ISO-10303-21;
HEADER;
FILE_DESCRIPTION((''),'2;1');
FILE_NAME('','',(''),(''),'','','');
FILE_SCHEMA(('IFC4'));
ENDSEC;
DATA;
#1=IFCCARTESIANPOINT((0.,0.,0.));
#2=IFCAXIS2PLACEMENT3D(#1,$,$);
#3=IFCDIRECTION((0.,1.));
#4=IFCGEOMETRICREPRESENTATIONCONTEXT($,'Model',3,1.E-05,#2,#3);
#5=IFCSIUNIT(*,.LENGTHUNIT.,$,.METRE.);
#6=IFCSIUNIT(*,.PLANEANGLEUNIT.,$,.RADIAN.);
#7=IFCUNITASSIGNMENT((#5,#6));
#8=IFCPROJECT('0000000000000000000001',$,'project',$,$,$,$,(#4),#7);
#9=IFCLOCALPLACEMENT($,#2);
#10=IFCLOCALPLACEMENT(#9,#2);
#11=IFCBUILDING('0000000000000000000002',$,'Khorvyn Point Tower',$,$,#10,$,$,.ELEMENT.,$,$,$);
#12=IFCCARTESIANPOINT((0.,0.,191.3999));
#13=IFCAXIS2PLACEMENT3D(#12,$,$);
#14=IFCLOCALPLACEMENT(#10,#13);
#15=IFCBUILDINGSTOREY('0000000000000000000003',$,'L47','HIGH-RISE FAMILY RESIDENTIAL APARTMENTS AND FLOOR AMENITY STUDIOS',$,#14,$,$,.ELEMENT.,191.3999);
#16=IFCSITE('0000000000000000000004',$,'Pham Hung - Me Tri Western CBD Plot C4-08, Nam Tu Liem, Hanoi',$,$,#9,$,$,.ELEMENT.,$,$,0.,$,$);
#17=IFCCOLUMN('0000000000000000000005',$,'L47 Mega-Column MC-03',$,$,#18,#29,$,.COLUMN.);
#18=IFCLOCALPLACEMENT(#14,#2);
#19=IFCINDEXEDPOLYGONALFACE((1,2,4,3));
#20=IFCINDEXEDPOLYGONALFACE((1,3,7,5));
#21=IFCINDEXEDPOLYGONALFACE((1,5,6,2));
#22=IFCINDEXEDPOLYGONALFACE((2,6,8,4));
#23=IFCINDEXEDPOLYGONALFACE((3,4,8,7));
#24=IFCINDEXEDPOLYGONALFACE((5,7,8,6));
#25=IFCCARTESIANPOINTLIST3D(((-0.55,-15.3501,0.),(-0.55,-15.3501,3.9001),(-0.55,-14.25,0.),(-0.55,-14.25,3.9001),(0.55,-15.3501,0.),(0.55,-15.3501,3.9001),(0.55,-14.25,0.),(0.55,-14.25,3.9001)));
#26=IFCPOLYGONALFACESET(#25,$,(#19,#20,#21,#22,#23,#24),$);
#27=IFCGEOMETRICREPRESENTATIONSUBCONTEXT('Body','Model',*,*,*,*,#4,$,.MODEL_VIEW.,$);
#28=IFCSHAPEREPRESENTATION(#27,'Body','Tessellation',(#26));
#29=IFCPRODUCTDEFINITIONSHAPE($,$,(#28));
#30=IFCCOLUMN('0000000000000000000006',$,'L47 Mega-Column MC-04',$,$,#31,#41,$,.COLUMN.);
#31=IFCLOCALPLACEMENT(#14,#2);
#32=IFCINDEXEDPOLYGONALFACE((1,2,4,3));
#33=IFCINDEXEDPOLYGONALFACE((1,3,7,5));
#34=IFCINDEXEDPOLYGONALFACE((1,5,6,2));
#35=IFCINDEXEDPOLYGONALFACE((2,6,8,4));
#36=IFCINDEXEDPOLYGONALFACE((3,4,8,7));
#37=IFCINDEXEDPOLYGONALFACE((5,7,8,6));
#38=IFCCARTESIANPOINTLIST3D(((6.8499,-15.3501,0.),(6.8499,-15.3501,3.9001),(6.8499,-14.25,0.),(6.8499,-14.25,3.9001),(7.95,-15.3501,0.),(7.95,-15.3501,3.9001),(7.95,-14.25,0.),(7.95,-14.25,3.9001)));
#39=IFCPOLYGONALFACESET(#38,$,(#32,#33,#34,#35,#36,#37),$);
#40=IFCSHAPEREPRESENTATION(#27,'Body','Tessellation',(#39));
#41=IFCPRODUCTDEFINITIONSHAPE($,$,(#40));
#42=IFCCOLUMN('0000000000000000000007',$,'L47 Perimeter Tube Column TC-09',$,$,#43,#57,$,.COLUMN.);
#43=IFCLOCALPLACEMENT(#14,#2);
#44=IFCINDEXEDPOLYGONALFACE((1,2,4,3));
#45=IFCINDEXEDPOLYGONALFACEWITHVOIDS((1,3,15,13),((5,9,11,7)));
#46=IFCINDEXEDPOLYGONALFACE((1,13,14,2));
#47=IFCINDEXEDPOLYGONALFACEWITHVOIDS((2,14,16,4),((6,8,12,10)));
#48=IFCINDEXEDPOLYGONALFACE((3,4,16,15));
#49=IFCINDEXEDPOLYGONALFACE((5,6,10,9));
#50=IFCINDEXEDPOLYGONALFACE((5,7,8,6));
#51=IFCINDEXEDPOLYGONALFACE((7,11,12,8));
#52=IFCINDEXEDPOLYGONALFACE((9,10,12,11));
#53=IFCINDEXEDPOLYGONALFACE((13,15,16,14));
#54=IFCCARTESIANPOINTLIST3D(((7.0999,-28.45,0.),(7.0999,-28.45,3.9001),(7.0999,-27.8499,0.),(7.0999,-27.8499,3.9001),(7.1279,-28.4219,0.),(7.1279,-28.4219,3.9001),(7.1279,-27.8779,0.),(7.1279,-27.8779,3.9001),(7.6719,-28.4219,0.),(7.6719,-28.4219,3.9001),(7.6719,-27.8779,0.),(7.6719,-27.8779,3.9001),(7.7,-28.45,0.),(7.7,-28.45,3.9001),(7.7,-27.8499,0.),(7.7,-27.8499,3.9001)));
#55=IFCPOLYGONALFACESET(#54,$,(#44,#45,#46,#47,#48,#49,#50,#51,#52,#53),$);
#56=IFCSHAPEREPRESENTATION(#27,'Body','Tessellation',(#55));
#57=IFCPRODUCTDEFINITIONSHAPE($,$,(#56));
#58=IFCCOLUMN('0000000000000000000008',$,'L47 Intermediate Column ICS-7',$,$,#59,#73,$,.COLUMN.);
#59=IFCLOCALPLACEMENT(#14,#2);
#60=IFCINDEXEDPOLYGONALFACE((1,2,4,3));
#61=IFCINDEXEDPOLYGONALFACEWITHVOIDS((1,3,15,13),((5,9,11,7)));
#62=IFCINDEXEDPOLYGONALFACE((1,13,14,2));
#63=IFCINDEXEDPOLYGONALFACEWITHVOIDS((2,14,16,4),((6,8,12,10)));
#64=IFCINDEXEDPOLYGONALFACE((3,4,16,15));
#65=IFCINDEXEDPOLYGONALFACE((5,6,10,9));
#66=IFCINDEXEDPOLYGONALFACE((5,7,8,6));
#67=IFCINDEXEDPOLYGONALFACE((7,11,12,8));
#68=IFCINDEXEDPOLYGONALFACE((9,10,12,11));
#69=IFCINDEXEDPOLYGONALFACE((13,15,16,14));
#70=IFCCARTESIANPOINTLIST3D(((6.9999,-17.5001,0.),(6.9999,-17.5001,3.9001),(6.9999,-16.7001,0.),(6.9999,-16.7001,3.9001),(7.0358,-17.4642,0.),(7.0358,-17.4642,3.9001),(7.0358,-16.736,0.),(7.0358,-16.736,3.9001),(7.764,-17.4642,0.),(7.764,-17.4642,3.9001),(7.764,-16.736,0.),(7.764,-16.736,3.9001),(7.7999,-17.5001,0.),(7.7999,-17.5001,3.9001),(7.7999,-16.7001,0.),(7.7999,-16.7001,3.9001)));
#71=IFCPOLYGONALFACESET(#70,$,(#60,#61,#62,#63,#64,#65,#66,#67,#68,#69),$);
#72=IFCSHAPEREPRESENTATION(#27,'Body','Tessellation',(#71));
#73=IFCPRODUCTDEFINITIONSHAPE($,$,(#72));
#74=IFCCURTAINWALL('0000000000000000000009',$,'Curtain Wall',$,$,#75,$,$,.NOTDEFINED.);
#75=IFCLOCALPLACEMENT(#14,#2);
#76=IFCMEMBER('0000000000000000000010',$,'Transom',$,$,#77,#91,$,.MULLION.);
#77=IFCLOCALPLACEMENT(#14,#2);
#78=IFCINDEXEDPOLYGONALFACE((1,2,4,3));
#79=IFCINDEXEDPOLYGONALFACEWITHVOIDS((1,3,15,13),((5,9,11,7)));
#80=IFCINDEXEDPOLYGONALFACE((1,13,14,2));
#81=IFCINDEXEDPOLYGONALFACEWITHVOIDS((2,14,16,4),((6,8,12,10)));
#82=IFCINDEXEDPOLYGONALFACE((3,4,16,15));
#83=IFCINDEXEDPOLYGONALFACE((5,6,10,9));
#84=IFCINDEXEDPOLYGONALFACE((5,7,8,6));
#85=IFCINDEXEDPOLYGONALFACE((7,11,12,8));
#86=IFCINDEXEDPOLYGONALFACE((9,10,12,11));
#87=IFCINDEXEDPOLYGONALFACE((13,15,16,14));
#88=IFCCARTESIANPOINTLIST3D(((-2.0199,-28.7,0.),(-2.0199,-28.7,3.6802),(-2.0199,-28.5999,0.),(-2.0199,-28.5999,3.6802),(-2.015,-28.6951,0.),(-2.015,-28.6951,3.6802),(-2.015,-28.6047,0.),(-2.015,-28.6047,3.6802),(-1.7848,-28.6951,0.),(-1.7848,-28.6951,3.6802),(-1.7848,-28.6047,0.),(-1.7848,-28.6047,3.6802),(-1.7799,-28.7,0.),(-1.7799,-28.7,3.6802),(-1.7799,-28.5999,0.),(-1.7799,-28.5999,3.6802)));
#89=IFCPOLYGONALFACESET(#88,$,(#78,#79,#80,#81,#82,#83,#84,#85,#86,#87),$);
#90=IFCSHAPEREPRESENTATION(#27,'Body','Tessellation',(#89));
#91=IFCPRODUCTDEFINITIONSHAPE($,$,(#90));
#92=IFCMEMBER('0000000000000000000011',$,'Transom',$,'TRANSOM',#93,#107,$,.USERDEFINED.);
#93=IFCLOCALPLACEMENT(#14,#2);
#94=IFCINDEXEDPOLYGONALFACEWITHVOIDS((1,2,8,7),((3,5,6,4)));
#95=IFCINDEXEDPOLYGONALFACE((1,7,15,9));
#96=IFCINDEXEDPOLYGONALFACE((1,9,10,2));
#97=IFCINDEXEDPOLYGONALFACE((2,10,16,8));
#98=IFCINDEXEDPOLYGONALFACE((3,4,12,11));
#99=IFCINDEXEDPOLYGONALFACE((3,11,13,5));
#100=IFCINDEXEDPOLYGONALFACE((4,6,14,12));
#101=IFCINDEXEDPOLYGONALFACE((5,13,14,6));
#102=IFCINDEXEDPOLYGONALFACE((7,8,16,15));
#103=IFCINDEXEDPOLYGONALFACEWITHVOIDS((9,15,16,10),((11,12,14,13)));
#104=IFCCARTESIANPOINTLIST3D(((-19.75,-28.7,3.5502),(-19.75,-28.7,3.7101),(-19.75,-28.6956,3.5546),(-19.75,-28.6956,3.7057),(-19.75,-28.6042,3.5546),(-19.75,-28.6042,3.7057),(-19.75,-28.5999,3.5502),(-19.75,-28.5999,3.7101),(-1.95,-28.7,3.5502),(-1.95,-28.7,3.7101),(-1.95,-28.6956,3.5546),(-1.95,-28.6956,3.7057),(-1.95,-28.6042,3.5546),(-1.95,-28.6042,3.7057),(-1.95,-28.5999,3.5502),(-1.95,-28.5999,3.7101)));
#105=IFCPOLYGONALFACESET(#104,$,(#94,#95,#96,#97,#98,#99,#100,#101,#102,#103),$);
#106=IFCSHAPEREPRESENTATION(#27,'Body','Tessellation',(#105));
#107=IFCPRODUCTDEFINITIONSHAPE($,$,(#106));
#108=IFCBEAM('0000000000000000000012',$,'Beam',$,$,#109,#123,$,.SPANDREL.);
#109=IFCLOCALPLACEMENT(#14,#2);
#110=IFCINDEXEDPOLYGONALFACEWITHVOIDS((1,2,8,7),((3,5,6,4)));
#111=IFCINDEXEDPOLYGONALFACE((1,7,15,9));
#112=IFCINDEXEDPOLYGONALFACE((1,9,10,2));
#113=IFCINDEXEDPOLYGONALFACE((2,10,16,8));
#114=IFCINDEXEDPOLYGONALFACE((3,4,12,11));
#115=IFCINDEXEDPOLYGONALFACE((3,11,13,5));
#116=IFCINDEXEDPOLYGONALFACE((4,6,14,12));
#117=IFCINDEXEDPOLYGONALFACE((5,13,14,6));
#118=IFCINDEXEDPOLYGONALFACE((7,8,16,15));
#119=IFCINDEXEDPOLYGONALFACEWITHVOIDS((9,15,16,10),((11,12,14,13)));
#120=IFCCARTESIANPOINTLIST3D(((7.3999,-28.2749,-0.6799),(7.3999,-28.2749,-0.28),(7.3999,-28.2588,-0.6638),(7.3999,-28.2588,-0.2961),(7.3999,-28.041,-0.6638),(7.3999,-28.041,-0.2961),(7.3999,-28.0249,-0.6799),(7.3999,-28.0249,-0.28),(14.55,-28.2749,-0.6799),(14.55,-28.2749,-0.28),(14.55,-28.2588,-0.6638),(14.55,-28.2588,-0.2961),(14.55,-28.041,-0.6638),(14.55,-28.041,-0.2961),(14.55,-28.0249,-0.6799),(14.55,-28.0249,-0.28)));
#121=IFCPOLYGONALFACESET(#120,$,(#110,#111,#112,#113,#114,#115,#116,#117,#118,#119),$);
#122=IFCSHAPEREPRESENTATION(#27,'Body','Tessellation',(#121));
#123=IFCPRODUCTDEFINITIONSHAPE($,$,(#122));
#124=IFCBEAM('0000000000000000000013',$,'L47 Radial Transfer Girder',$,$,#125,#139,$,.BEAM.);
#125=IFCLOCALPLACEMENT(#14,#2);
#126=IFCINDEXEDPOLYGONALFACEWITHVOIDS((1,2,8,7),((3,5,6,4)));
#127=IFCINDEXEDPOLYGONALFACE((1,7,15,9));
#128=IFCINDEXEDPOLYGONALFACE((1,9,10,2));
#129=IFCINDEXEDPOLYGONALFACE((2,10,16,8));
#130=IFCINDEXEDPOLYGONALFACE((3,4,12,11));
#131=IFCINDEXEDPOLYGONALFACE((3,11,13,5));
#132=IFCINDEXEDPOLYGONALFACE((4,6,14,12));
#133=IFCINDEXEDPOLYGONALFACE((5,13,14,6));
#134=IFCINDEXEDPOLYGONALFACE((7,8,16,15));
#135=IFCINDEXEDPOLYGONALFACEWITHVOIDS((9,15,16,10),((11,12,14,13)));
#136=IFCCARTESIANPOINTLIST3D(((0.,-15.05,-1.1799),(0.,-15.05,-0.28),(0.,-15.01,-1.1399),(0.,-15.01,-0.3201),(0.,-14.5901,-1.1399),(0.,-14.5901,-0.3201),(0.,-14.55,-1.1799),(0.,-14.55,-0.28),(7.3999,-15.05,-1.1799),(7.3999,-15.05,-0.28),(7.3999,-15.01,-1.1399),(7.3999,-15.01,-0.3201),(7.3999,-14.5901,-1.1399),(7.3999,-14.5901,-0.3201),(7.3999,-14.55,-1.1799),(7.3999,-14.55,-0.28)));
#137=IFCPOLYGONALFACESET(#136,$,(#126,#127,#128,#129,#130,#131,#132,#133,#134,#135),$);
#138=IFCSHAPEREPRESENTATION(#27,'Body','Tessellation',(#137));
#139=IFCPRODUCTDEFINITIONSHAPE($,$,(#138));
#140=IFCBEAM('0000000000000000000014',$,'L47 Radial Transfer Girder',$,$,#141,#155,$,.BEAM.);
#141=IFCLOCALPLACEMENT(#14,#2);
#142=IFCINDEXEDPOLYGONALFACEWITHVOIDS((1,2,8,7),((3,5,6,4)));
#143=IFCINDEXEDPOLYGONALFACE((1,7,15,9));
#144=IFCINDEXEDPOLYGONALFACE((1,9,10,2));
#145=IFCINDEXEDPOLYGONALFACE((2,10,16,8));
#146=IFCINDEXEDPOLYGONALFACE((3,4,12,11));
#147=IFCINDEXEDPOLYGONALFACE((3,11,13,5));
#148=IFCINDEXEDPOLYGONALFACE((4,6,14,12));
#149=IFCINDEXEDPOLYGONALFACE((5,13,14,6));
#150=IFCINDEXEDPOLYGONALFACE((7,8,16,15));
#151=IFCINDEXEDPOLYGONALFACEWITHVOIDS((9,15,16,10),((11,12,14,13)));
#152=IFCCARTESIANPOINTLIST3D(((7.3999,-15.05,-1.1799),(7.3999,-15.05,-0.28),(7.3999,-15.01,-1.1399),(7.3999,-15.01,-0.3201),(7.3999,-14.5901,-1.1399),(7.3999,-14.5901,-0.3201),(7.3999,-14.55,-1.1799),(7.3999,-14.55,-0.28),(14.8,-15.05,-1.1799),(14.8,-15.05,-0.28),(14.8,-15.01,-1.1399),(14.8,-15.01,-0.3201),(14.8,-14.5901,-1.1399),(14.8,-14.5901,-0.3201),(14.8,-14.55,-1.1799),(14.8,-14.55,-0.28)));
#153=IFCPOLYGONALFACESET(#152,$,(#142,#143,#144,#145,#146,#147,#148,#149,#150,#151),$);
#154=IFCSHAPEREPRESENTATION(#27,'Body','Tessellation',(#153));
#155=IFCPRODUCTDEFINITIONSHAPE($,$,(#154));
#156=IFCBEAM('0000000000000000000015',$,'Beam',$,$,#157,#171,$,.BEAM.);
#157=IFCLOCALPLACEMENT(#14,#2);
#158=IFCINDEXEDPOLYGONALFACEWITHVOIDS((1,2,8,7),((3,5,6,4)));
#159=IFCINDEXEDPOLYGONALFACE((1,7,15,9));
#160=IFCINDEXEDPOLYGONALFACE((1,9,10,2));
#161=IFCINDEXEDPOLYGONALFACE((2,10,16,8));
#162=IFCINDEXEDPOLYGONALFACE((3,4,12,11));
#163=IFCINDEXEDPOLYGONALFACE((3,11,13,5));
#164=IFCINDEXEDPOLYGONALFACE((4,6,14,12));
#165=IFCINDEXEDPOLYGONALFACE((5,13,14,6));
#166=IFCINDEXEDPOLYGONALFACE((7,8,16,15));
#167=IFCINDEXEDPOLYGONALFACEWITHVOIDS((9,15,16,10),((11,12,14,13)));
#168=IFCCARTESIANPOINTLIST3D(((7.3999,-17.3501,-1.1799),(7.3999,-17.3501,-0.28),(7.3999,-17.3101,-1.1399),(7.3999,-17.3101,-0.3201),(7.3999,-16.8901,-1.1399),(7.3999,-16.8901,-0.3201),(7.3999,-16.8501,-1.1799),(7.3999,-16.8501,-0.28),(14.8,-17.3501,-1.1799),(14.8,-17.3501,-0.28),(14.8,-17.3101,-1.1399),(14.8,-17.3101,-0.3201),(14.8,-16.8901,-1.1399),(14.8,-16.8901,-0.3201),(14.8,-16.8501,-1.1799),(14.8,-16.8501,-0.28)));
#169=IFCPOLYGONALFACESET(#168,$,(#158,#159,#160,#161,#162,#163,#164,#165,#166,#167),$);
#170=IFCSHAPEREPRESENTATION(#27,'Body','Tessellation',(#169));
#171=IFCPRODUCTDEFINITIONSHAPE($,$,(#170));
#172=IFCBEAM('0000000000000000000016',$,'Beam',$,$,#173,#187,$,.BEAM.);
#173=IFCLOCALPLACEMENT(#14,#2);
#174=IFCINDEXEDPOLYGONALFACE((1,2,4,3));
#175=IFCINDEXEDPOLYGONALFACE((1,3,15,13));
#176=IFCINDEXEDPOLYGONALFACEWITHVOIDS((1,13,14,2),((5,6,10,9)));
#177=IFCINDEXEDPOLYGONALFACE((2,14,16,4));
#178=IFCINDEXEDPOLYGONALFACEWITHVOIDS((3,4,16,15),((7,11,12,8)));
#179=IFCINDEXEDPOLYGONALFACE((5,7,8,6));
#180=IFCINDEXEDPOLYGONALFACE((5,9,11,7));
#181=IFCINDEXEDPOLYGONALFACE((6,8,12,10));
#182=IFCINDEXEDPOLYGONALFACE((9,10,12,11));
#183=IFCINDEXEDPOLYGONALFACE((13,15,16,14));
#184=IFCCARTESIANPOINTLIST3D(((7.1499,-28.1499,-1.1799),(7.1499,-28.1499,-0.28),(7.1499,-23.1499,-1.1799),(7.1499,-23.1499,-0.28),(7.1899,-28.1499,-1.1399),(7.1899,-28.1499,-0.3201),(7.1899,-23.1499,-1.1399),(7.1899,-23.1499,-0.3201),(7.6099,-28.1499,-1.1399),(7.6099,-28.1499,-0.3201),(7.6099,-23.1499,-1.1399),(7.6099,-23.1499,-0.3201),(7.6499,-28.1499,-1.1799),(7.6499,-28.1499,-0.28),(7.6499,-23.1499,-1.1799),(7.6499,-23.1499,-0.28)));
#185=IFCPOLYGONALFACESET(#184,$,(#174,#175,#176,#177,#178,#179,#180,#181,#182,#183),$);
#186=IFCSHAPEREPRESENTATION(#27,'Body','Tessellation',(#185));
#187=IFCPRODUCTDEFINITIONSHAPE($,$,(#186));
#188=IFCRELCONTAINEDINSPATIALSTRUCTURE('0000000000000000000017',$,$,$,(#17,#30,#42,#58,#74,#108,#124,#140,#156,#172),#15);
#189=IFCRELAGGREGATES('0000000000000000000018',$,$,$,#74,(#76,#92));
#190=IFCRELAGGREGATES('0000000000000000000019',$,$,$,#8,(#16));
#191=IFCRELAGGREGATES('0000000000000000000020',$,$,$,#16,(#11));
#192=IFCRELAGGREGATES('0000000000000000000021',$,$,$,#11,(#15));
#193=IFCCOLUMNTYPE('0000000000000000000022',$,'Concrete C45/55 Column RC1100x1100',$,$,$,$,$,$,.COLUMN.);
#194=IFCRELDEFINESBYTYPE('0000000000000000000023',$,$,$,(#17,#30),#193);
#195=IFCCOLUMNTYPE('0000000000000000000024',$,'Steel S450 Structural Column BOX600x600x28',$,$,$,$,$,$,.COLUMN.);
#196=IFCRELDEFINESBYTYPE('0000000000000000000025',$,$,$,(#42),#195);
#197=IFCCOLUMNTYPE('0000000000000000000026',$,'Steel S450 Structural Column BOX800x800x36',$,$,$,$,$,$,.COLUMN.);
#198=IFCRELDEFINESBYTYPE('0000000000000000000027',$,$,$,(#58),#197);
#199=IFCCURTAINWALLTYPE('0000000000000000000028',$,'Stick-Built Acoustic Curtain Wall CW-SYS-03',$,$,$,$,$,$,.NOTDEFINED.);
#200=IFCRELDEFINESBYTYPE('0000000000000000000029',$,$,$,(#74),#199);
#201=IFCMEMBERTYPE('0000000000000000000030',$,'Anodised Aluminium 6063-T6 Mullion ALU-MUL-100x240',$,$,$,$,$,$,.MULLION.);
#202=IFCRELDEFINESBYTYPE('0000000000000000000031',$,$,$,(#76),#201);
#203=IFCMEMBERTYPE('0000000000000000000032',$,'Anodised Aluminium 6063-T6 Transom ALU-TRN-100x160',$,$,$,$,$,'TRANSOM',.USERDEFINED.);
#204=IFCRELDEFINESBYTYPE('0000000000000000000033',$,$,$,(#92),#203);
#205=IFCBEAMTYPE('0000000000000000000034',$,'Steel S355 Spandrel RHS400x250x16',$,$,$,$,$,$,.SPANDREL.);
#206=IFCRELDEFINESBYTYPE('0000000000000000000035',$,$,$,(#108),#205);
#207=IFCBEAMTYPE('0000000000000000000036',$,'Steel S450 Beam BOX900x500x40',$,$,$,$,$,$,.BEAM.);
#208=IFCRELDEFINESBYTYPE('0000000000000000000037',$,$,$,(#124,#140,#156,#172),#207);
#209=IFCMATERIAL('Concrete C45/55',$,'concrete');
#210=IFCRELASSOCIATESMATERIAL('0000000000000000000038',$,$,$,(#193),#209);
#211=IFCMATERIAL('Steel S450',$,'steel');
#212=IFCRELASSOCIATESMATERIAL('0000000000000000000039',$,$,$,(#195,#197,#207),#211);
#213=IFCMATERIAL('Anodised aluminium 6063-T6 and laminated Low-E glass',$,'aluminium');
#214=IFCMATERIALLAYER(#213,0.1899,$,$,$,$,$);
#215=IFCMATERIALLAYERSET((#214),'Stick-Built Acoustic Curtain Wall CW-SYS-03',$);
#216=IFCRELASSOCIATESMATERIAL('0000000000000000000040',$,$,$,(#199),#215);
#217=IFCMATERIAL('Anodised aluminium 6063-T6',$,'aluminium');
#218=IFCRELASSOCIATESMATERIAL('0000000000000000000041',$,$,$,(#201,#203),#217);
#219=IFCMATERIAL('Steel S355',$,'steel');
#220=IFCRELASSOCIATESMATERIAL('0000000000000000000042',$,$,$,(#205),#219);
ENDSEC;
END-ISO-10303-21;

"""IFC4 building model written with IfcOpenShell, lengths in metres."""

from ifc_helpers import new_model, si_unit, direction, frame, origin, origin_2d, place, context, subcontext, project, spatial, rectangle, hollow_rectangle, extrude, material, layer, layer_set, material_profile, profile_set, type_object, element, aggregate, save


model = new_model("IFC4")

# Units and contexts
model_context = context("Model", 3, precision=1e-05, world=origin(), true_north=direction((0.0, 1.0)))
body_context = subcontext(model_context, "Body", "Model", "MODEL_VIEW")
ifc_project = project(units=[si_unit("LENGTHUNIT", "METRE"), si_unit("PLANEANGLEUNIT", "RADIAN")], contexts=[model_context])

# Site, building, storey
site_placement = place(None, origin())
site = spatial("IfcSite", under=ifc_project, at=site_placement, Name="Pham Hung - Me Tri Western CBD Plot C4-08, Nam Tu Liem, Hanoi", CompositionType="ELEMENT", RefElevation=0.0)
building_placement = place(site_placement, origin())
building = spatial("IfcBuilding", under=site, at=building_placement, Name="Khorvyn Point Tower", CompositionType="ELEMENT")
storey_placement = place(building_placement, frame((0.0, 0.0, 191.3999)))
storey = spatial("IfcBuildingStorey", under=building, at=storey_placement, Name="L47", Description="HIGH-RISE FAMILY RESIDENTIAL APARTMENTS AND FLOOR AMENITY STUDIOS", CompositionType="ELEMENT", Elevation=191.3999)

# Columns
ifc_material_1 = material(Name="Concrete C45/55", Category="concrete")
ifc_material_profile_1 = material_profile(ifc_material_1, rectangle(XDim=1.1001, YDim=1.1001, at=origin_2d()))
ifc_profile_set_1 = profile_set([ifc_material_profile_1], Name="Concrete C45/55 RC1100x1100")
column_type_1 = type_object("IfcColumnType", Name="Concrete C45/55 Column RC1100x1100", PredefinedType="COLUMN", material=ifc_profile_set_1)
for number, where, z_axis, x_axis, name in (
    (1, (0.0, -14.8, 0.0), (0.0, 0.0, 1.0), (1.0, 0.0, 0.0), "L47 Mega-Column MC-03"),
    (2, (7.3999, -14.8, 0.0), (0.0, 0.0, 1.0), (1.0, 0.0, 0.0), "L47 Mega-Column MC-04"),
):
    element("IfcColumn", number, at=place(storey_placement, frame(where, z_axis=z_axis, x_axis=x_axis)), inside=storey, type_object=column_type_1, Name=name, PredefinedType="COLUMN", context=body_context, shape_type="SweptSolid", body=[
        extrude(rectangle(XDim=1.1001, YDim=1.1001, at=origin_2d()), origin(), (0.0, 0.0, 1.0), 3.9001),
    ])
ifc_material_2 = material(Name="Steel S450", Category="steel")
ifc_material_profile_2 = material_profile(ifc_material_2, hollow_rectangle(XDim=0.6001, YDim=0.6001, WallThickness=0.0281, at=origin_2d()))
ifc_profile_set_2 = profile_set([ifc_material_profile_2], Name="Steel S450 BOX600x600x28")
column_type_2 = type_object("IfcColumnType", Name="Steel S450 Structural Column BOX600x600x28", PredefinedType="COLUMN", material=ifc_profile_set_2)
column_1_placement = place(storey_placement, frame((7.3999, -28.1499, 0.0), z_axis=(0.0, 0.0, 1.0), x_axis=(1.0, 0.0, 0.0)))
element("IfcColumn", 3, at=column_1_placement, inside=storey, type_object=column_type_2, Name="L47 Perimeter Tube Column TC-09", PredefinedType="COLUMN", context=body_context, shape_type="SweptSolid", body=[
    extrude(hollow_rectangle(XDim=0.6001, YDim=0.6001, WallThickness=0.0281, at=origin_2d()), origin(), (0.0, 0.0, 1.0), 3.9001),
])
ifc_material_profile_3 = material_profile(ifc_material_2, hollow_rectangle(XDim=0.8, YDim=0.8, WallThickness=0.0359, at=origin_2d()))
ifc_profile_set_3 = profile_set([ifc_material_profile_3], Name="Steel S450 BOX800x800x36")
column_type_3 = type_object("IfcColumnType", Name="Steel S450 Structural Column BOX800x800x36", PredefinedType="COLUMN", material=ifc_profile_set_3)
column_2_placement = place(storey_placement, frame((7.3999, -17.1001, 0.0), z_axis=(0.0, 0.0, 1.0), x_axis=(1.0, 0.0, 0.0)))
element("IfcColumn", 4, at=column_2_placement, inside=storey, type_object=column_type_3, Name="L47 Intermediate Column ICS-7", PredefinedType="COLUMN", context=body_context, shape_type="SweptSolid", body=[
    extrude(hollow_rectangle(XDim=0.8, YDim=0.8, WallThickness=0.0359, at=origin_2d()), origin(), (0.0, 0.0, 1.0), 3.9001),
])

# Curtain wall, members
ifc_material_3 = material(Name="Anodised aluminium 6063-T6 and laminated Low-E glass", Category="aluminium")
ifc_layer_1 = layer(ifc_material_3, 0.1899)
ifc_layer_set_1 = layer_set([ifc_layer_1], Name="Stick-Built Acoustic Curtain Wall CW-SYS-03")
curtain_wall_type = type_object("IfcCurtainWallType", Name="Stick-Built Acoustic Curtain Wall CW-SYS-03", PredefinedType="NOTDEFINED", material=ifc_layer_set_1)
curtain_wall_placement = place(storey_placement, origin())
curtain_wall = element("IfcCurtainWall", 5, at=curtain_wall_placement, inside=storey, type_object=curtain_wall_type, Name="Curtain Wall", PredefinedType="NOTDEFINED")
ifc_material_4 = material(Name="Anodised aluminium 6063-T6", Category="aluminium")
ifc_material_profile_4 = material_profile(ifc_material_4, hollow_rectangle(XDim=0.1001, YDim=0.24, WallThickness=0.0049, at=origin_2d()))
ifc_profile_set_4 = profile_set([ifc_material_profile_4], Name="Anodised aluminium 6063-T6 ALU-MUL-100x240")
member_type_1 = type_object("IfcMemberType", Name="Anodised Aluminium 6063-T6 Mullion ALU-MUL-100x240", PredefinedType="MULLION", material=ifc_profile_set_4)
member_1_placement = place(storey_placement, frame((-1.8999, -28.6499, 0.0), z_axis=(0.0, 0.0, 1.0), x_axis=(0.0, -1.0, 0.0)))
member_1 = element("IfcMember", 6, at=member_1_placement, type_object=member_type_1, Name="Transom", PredefinedType="MULLION", context=body_context, shape_type="SweptSolid", body=[
    extrude(hollow_rectangle(XDim=0.1001, YDim=0.24, WallThickness=0.0049, at=origin_2d()), origin(), (0.0, 0.0, 1.0), 3.6802),
])
ifc_material_profile_5 = material_profile(ifc_material_4, hollow_rectangle(XDim=0.1001, YDim=0.1599, WallThickness=0.0044, at=origin_2d()))
ifc_profile_set_5 = profile_set([ifc_material_profile_5], Name="Anodised aluminium 6063-T6 ALU-TRN-100x160")
member_type_2 = type_object("IfcMemberType", Name="Anodised Aluminium 6063-T6 Transom ALU-TRN-100x160", ElementType="TRANSOM", PredefinedType="USERDEFINED", material=ifc_profile_set_5)
member_2_placement = place(storey_placement, frame((-1.95, -28.6499, 3.6301), z_axis=(-1.0, 0.0, 0.0), x_axis=(0.0, -1.0, 0.0)))
member_2 = element("IfcMember", 7, at=member_2_placement, type_object=member_type_2, Name="Transom", ObjectType="TRANSOM", PredefinedType="USERDEFINED", context=body_context, shape_type="SweptSolid", body=[
    extrude(hollow_rectangle(XDim=0.1001, YDim=0.1599, WallThickness=0.0044, at=origin_2d()), origin(), (0.0, 0.0, 1.0), 17.8),
])

# Beams
ifc_material_5 = material(Name="Steel S355", Category="steel")
ifc_material_profile_6 = material_profile(ifc_material_5, hollow_rectangle(XDim=0.25, YDim=0.3999, WallThickness=0.0161, at=origin_2d()))
ifc_profile_set_6 = profile_set([ifc_material_profile_6], Name="Steel S355 RHS400x250x16")
beam_type_1 = type_object("IfcBeamType", Name="Steel S355 Spandrel RHS400x250x16", PredefinedType="SPANDREL", material=ifc_profile_set_6)
beam_1_placement = place(storey_placement, frame((7.3999, -28.1499, -0.48), z_axis=(1.0, 0.0, 0.0), x_axis=(0.0, 1.0, 0.0)))
element("IfcBeam", 8, at=beam_1_placement, inside=storey, type_object=beam_type_1, Name="Beam", PredefinedType="SPANDREL", context=body_context, shape_type="SweptSolid", body=[
    extrude(hollow_rectangle(XDim=0.25, YDim=0.3999, WallThickness=0.0161, at=origin_2d()), origin(), (0.0, 0.0, 1.0), 7.1501),
])
ifc_material_profile_7 = material_profile(ifc_material_2, hollow_rectangle(XDim=0.5, YDim=0.8999, WallThickness=0.04, at=origin_2d()))
ifc_profile_set_7 = profile_set([ifc_material_profile_7], Name="Steel S450 BOX900x500x40")
beam_type_2 = type_object("IfcBeamType", Name="Steel S450 Beam BOX900x500x40", PredefinedType="BEAM", material=ifc_profile_set_7)
beam_2_placement = place(storey_placement, frame((0.0, -14.8, -0.73), z_axis=(1.0, 0.0, 0.0), x_axis=(0.0, 1.0, 0.0)))
element("IfcBeam", 9, at=beam_2_placement, inside=storey, type_object=beam_type_2, Name="L47 Radial Transfer Girder", PredefinedType="BEAM", context=body_context, shape_type="SweptSolid", body=[
    extrude(hollow_rectangle(XDim=0.5, YDim=0.8999, WallThickness=0.04, at=origin_2d()), origin(), (0.0, 0.0, 1.0), 7.3999),
])
for number, where, z_axis, x_axis, name in (
    (10, (7.3999, -14.8, -0.73), (1.0, 0.0, 0.0), (0.0, 1.0, 0.0), "L47 Radial Transfer Girder"),
    (11, (7.3999, -17.1001, -0.73), (1.0, 0.0, 0.0), (0.0, 1.0, 0.0), "Beam"),
):
    element("IfcBeam", number, at=place(storey_placement, frame(where, z_axis=z_axis, x_axis=x_axis)), inside=storey, type_object=beam_type_2, Name=name, PredefinedType="BEAM", context=body_context, shape_type="SweptSolid", body=[
        extrude(hollow_rectangle(XDim=0.5, YDim=0.8999, WallThickness=0.04, at=origin_2d()), origin(), (0.0, 0.0, 1.0), 7.4001),
    ])
beam_3_placement = place(storey_placement, frame((7.3999, -28.1499, -0.73), z_axis=(0.0, 1.0, 0.0), x_axis=(-1.0, 0.0, 0.0)))
element("IfcBeam", 12, at=beam_3_placement, inside=storey, type_object=beam_type_2, Name="Beam", PredefinedType="BEAM", context=body_context, shape_type="SweptSolid", body=[
    extrude(hollow_rectangle(XDim=0.5, YDim=0.8999, WallThickness=0.04, at=origin_2d()), origin(), (0.0, 0.0, 1.0), 5.0),
])

aggregate(curtain_wall, [member_1, member_2])

save(model, "model.ifc")
